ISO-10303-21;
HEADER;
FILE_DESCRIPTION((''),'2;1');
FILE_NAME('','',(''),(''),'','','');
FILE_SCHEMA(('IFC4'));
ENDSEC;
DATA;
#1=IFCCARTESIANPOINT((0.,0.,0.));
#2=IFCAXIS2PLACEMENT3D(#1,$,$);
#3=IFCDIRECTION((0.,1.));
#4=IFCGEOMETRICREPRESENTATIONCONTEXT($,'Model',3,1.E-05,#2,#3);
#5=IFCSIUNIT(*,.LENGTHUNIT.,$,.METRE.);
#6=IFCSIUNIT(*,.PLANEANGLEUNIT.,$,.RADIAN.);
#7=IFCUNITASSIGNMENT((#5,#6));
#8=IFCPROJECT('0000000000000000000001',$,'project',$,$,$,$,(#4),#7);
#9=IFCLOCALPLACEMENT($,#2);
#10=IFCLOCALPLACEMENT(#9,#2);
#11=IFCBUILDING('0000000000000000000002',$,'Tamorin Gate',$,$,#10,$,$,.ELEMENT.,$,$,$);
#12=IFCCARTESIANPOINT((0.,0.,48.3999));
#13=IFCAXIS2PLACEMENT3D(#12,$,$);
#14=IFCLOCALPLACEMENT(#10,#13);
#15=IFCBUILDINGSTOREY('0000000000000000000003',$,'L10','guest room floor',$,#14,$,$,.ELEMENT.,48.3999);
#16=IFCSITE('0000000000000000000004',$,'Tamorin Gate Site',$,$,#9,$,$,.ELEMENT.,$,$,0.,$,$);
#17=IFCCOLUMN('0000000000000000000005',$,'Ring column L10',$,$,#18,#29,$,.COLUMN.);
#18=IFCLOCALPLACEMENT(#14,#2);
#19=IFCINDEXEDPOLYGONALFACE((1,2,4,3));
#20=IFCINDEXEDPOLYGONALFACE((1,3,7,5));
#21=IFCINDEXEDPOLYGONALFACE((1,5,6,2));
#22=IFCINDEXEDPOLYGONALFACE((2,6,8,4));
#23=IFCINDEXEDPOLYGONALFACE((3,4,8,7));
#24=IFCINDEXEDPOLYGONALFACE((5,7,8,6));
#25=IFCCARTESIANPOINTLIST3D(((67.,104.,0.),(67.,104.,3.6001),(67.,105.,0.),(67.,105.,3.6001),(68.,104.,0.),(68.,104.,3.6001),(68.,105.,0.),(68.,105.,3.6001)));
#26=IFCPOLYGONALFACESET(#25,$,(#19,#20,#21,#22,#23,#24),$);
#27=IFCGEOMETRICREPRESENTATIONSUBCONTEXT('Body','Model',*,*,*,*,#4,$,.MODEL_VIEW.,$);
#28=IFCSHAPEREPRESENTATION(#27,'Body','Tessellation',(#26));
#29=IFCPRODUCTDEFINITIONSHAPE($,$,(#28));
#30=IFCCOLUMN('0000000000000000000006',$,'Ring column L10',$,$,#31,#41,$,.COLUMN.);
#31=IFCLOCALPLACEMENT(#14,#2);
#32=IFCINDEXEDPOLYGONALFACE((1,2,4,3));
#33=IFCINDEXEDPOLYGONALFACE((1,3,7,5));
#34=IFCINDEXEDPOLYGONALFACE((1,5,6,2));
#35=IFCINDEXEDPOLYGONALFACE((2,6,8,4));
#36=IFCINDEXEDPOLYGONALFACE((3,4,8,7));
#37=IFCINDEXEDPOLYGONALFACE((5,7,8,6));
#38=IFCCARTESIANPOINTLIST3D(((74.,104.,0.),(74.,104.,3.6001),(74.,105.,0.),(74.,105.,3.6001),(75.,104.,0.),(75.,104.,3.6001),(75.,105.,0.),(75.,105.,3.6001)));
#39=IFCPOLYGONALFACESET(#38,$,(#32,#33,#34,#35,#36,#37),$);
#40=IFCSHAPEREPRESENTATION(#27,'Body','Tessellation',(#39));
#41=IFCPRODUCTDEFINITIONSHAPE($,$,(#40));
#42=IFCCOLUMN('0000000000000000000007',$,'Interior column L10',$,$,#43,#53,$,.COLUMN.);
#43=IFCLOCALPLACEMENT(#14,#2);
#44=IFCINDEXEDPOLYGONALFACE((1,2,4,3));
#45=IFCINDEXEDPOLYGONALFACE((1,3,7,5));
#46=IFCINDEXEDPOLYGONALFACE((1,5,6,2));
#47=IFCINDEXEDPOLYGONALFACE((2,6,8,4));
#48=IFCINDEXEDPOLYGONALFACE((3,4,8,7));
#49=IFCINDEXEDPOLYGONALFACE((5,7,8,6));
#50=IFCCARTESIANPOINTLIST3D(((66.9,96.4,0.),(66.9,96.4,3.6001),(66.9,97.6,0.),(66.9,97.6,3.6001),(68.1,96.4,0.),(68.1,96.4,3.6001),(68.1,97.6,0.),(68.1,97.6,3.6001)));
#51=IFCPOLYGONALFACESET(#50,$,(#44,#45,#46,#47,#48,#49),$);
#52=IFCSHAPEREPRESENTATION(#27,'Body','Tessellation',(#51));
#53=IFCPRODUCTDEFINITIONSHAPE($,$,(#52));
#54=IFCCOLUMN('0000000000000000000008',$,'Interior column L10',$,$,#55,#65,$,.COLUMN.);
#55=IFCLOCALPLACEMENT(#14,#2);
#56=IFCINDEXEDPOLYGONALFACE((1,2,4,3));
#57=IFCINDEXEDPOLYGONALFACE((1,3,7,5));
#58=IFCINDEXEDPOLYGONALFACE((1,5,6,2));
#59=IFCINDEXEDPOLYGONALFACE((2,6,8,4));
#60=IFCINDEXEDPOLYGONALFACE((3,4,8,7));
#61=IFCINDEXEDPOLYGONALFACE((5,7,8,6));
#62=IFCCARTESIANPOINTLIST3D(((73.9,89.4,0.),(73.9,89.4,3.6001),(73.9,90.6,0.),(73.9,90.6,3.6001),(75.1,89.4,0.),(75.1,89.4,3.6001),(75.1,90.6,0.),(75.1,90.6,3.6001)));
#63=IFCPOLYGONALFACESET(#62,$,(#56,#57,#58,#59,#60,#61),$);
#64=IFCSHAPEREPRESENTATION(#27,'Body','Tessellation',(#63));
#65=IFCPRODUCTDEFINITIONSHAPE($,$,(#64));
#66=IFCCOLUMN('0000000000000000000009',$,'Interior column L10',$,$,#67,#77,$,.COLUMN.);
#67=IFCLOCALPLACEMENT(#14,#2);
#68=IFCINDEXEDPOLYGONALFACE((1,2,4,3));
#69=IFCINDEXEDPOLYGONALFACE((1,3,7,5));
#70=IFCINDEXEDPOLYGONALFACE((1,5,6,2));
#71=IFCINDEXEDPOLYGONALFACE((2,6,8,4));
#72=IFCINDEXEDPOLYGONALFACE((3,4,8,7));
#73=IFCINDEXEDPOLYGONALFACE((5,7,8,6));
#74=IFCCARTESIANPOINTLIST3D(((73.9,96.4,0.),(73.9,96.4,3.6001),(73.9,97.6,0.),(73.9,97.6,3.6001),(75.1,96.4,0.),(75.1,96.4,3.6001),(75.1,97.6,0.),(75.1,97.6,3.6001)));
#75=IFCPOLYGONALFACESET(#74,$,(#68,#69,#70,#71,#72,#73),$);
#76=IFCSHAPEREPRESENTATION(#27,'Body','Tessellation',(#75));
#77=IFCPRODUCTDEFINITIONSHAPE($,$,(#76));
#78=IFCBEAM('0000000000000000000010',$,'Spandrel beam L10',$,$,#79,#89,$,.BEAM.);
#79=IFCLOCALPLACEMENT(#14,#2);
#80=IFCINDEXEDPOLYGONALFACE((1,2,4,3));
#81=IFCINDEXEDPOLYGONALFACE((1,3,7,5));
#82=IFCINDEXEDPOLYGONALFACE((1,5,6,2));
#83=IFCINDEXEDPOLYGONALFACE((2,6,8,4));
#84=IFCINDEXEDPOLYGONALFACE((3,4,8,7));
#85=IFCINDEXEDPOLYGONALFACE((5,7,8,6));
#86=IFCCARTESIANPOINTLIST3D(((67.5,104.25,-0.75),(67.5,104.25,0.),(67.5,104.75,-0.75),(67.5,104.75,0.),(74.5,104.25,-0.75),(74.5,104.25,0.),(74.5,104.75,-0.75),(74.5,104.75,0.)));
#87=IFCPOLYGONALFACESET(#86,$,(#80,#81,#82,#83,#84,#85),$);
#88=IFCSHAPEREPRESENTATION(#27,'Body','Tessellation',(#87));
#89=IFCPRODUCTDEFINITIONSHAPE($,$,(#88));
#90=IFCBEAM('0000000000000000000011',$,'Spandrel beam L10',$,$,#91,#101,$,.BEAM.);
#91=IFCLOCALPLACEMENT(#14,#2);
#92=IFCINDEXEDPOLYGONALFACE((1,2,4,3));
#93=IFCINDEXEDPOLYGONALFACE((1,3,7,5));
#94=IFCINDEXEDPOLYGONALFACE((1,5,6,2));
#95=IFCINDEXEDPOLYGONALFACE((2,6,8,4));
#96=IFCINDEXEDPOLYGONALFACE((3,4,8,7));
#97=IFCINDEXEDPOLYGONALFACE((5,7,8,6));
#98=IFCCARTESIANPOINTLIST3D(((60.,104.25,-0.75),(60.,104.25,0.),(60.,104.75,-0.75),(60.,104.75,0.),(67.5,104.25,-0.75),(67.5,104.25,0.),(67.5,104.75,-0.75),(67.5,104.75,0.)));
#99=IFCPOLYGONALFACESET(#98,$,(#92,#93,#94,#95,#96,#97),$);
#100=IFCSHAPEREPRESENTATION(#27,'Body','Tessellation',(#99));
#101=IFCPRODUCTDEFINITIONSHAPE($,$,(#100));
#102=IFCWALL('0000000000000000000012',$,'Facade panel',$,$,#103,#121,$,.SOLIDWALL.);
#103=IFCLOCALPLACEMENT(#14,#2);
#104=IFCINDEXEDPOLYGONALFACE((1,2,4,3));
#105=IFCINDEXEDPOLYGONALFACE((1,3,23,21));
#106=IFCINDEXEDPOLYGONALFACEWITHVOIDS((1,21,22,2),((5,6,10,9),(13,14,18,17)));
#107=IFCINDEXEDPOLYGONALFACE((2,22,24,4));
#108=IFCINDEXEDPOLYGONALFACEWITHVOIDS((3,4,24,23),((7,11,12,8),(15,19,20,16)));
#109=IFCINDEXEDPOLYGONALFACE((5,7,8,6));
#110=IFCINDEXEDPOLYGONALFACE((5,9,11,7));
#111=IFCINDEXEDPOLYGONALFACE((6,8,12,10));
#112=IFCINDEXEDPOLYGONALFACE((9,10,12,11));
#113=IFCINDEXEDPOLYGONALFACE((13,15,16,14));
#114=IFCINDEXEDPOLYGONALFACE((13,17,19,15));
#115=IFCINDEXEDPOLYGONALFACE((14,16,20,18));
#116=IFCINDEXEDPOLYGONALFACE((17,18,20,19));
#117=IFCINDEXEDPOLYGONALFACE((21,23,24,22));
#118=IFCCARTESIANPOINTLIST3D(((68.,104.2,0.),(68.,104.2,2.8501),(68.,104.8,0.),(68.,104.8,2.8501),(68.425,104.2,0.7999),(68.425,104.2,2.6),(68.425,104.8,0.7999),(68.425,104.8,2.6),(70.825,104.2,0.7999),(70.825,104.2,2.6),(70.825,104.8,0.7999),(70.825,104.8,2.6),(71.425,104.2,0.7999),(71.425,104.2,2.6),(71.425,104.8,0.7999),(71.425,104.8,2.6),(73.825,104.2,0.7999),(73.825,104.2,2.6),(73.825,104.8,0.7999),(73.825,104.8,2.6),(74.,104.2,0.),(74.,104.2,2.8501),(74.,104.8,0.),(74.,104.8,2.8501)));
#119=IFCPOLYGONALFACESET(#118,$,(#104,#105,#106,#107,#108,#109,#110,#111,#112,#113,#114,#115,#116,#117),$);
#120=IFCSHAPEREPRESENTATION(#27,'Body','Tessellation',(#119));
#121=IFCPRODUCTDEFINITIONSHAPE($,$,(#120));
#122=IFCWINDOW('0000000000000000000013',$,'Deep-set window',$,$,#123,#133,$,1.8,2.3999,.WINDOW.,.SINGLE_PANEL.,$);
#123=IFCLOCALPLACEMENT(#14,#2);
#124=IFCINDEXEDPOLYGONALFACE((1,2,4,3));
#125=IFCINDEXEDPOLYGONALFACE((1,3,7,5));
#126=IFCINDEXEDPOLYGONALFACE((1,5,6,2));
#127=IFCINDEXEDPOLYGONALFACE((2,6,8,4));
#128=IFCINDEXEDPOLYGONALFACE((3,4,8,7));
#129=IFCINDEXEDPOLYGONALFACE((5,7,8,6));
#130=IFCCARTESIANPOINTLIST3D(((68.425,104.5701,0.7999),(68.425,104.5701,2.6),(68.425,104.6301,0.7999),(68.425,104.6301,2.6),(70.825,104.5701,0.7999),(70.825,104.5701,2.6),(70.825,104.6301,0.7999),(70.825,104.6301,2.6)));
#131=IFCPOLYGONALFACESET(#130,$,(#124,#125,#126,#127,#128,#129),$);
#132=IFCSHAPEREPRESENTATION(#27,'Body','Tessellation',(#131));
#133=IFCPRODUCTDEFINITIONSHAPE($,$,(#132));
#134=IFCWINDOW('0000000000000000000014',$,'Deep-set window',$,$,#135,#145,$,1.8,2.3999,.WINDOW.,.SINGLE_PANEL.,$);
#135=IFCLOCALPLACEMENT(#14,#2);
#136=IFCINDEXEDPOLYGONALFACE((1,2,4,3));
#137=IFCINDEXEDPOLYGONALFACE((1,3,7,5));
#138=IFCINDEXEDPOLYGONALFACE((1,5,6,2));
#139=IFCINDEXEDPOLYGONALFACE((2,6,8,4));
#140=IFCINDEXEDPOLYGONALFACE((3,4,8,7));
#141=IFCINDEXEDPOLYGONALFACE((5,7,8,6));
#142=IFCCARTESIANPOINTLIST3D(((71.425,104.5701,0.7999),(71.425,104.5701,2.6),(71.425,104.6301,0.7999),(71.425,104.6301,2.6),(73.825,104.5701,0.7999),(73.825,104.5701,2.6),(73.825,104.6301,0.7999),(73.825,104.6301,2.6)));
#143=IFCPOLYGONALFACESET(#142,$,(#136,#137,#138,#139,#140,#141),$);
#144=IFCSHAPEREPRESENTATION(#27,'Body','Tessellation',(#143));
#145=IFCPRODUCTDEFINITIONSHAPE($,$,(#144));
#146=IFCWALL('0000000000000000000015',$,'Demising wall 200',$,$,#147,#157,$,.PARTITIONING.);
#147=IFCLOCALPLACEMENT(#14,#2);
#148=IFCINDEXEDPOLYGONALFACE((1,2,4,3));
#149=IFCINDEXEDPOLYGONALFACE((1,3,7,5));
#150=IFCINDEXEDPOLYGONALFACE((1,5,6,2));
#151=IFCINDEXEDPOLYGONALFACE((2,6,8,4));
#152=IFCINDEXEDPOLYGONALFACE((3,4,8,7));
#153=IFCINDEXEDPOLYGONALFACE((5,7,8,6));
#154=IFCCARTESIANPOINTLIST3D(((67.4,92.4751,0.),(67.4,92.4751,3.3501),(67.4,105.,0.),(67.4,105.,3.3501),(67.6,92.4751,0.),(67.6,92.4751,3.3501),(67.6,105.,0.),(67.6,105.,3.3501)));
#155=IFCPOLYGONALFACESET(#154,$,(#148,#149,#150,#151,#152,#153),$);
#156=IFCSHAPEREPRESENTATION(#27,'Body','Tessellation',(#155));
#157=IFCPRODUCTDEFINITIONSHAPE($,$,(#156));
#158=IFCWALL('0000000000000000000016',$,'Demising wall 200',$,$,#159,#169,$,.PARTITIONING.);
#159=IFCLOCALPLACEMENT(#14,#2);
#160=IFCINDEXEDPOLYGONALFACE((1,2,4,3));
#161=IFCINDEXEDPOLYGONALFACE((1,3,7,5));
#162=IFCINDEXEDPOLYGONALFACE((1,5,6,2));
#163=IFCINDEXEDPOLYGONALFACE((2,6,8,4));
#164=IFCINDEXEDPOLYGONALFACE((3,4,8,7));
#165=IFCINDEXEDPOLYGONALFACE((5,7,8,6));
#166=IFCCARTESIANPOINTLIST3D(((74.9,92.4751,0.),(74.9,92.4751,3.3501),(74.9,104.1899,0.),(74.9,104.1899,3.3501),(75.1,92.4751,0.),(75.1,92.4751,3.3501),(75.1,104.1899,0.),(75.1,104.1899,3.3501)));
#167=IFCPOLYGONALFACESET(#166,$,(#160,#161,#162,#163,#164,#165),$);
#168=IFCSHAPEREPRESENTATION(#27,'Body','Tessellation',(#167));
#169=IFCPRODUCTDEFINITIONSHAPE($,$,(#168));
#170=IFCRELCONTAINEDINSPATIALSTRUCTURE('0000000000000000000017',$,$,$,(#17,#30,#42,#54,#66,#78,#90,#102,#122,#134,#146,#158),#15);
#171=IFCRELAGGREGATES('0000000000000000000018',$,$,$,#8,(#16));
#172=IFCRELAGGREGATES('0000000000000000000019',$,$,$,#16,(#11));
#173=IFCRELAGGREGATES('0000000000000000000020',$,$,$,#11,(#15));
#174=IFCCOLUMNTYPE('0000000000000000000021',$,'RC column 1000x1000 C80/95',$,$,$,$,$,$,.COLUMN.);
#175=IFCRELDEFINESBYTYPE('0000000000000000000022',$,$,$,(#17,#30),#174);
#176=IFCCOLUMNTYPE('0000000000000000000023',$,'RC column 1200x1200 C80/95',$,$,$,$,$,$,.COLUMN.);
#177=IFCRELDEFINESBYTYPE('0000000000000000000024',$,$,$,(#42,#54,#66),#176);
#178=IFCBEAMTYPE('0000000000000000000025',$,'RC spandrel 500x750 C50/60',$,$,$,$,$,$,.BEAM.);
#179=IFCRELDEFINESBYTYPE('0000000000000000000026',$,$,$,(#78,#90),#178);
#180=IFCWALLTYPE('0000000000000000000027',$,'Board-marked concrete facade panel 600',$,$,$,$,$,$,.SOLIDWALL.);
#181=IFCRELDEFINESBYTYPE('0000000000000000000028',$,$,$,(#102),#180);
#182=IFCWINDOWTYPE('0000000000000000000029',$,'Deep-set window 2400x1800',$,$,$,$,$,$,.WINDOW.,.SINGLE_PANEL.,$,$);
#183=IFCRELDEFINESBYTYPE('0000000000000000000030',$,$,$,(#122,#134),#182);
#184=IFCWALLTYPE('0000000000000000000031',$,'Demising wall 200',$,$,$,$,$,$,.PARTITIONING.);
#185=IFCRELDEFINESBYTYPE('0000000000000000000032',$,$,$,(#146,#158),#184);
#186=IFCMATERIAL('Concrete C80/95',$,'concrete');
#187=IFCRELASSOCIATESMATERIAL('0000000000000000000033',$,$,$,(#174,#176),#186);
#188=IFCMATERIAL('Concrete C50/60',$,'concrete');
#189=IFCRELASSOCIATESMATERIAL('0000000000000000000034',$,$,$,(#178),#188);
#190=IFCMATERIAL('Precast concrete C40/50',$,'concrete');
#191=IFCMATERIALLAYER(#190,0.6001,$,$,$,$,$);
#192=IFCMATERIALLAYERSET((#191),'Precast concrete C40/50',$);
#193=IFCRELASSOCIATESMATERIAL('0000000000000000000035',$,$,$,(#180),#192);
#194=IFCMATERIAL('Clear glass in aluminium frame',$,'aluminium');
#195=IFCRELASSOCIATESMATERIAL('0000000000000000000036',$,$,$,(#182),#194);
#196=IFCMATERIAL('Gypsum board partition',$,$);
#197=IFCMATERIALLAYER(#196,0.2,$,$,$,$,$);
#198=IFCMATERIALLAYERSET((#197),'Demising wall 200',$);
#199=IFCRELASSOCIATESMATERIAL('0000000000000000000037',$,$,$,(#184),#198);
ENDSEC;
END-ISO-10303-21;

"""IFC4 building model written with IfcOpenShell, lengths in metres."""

from ifc_helpers import new_model, si_unit, direction, frame, frame_2d, origin, origin_2d, place, context, subcontext, project, spatial, rectangle, extrude, material, layer, layer_set, material_profile, profile_set, type_object, element, fill, save


model = new_model("IFC4")

# Units and contexts
model_context = context("Model", 3, precision=1e-05, world=origin(), true_north=direction((0.0, 1.0)))
body_context = subcontext(model_context, "Body", "Model", "MODEL_VIEW")
ifc_project = project(units=[si_unit("LENGTHUNIT", "METRE"), si_unit("PLANEANGLEUNIT", "RADIAN")], contexts=[model_context])

# Site, building, storey
site_placement = place(None, origin())
site = spatial("IfcSite", under=ifc_project, at=site_placement, Name="Tamorin Gate Site", CompositionType="ELEMENT", RefElevation=0.0)
building_placement = place(site_placement, origin())
building = spatial("IfcBuilding", under=site, at=building_placement, Name="Tamorin Gate", CompositionType="ELEMENT")
storey_placement = place(building_placement, frame((0.0, 0.0, 48.3999)))
storey = spatial("IfcBuildingStorey", under=building, at=storey_placement, Name="L10", Description="guest room floor", CompositionType="ELEMENT", Elevation=48.3999)

# Columns
ifc_material_1 = material(Name="Concrete C80/95", Category="concrete")
ifc_material_profile_1 = material_profile(ifc_material_1, rectangle(XDim=1.0, YDim=1.0, at=origin_2d()), Name="RC 1000x1000")
ifc_profile_set_1 = profile_set([ifc_material_profile_1], Name="Concrete C80/95")
column_type_1 = type_object("IfcColumnType", Name="RC column 1000x1000 C80/95", PredefinedType="COLUMN", material=ifc_profile_set_1)
for number, where, z_axis, x_axis, name in (
    (1, (67.5, 104.5, 0.0), (0.0, 0.0, 1.0), (1.0, 0.0, 0.0), "Ring column L10"),
    (2, (74.5, 104.5, 0.0), (0.0, 0.0, 1.0), (1.0, 0.0, 0.0), "Ring column L10"),
):
    element("IfcColumn", number, at=place(storey_placement, frame(where, z_axis=z_axis, x_axis=x_axis)), inside=storey, type_object=column_type_1, Name=name, PredefinedType="COLUMN", context=body_context, shape_type="SweptSolid", body=[
        extrude(rectangle(XDim=1.0, YDim=1.0, at=origin_2d()), origin(), (0.0, 0.0, 1.0), 3.6001),
    ])
ifc_material_profile_2 = material_profile(ifc_material_1, rectangle(XDim=1.2, YDim=1.2, at=origin_2d()), Name="RC 1200x1200")
ifc_profile_set_2 = profile_set([ifc_material_profile_2], Name="Concrete C80/95")
column_type_2 = type_object("IfcColumnType", Name="RC column 1200x1200 C80/95", PredefinedType="COLUMN", material=ifc_profile_set_2)
for number, where, z_axis, x_axis, name in (
    (3, (67.5, 97.0, 0.0), (0.0, 0.0, 1.0), (1.0, 0.0, 0.0), "Interior column L10"),
    (4, (74.5, 90.0, 0.0), (0.0, 0.0, 1.0), (1.0, 0.0, 0.0), "Interior column L10"),
    (5, (74.5, 97.0, 0.0), (0.0, 0.0, 1.0), (1.0, 0.0, 0.0), "Interior column L10"),
):
    element("IfcColumn", number, at=place(storey_placement, frame(where, z_axis=z_axis, x_axis=x_axis)), inside=storey, type_object=column_type_2, Name=name, PredefinedType="COLUMN", context=body_context, shape_type="SweptSolid", body=[
        extrude(rectangle(XDim=1.2, YDim=1.2, at=origin_2d()), origin(), (0.0, 0.0, 1.0), 3.6001),
    ])

# Beams
ifc_material_2 = material(Name="Concrete C50/60", Category="concrete")
ifc_material_profile_3 = material_profile(ifc_material_2, rectangle(XDim=0.5, YDim=0.75, at=origin_2d()), Name="RC 500x750")
ifc_profile_set_3 = profile_set([ifc_material_profile_3], Name="Concrete C50/60")
beam_type = type_object("IfcBeamType", Name="RC spandrel 500x750 C50/60", PredefinedType="BEAM", material=ifc_profile_set_3)
beam_1_placement = place(storey_placement, frame((74.5, 104.5, -0.375), z_axis=(-1.0, 0.0, 0.0), x_axis=(0.0, -1.0, 0.0)))
element("IfcBeam", 6, at=beam_1_placement, inside=storey, type_object=beam_type, Name="Spandrel beam L10", PredefinedType="BEAM", context=body_context, shape_type="SweptSolid", body=[
    extrude(rectangle(XDim=0.5, YDim=0.75, at=origin_2d()), origin(), (0.0, 0.0, 1.0), 7.0),
])
beam_2_placement = place(storey_placement, frame((67.5, 104.5, -0.375), z_axis=(-1.0, 0.0, 0.0), x_axis=(0.0, -1.0, 0.0)))
element("IfcBeam", 7, at=beam_2_placement, inside=storey, type_object=beam_type, Name="Spandrel beam L10", PredefinedType="BEAM", context=body_context, shape_type="SweptSolid", body=[
    extrude(rectangle(XDim=0.5, YDim=0.75, at=origin_2d()), origin(), (0.0, 0.0, 1.0), 7.5),
])

# Wall, openings, windows
ifc_material_3 = material(Name="Precast concrete C40/50", Category="concrete")
ifc_layer_1 = layer(ifc_material_3, 0.6001)
ifc_layer_set_1 = layer_set([ifc_layer_1], Name="Precast concrete C40/50")
wall_type_1 = type_object("IfcWallType", Name="Board-marked concrete facade panel 600", PredefinedType="SOLIDWALL", material=ifc_layer_set_1)
wall_1_placement = place(storey_placement, frame((74.0, 104.5, 0.0), z_axis=(0.0, 0.0, 1.0), x_axis=(-1.0, 0.0, 0.0)))
wall_1 = element("IfcWall", 8, at=wall_1_placement, inside=storey, type_object=wall_type_1, Name="Facade panel", PredefinedType="SOLIDWALL", context=body_context, shape_type="SweptSolid", body=[
    extrude(rectangle(XDim=6.0, YDim=0.6001, at=frame_2d((3.0, 0.0))), origin(), (0.0, 0.0, 1.0), 2.8501),
])
opening_1_placement = place(wall_1_placement, frame((3.175, 0.0, 0.8)))
opening_1 = element("IfcOpeningElement", 9, at=opening_1_placement, cuts=wall_1, PredefinedType="OPENING", context=body_context, shape_type="SweptSolid", body=[
    extrude(rectangle(XDim=2.3999, YDim=1.8, at=frame_2d((1.2, 0.8999))), frame((0.0, 0.3101, 0.0), z_axis=(0.0, -1.0, 0.0), x_axis=(1.0, 0.0, 0.0)), (0.0, 0.0, 1.0), 0.6201),
])
opening_2_placement = place(wall_1_placement, frame((0.175, 0.0, 0.8)))
opening_2 = element("IfcOpeningElement", 10, at=opening_2_placement, cuts=wall_1, PredefinedType="OPENING", context=body_context, shape_type="SweptSolid", body=[
    extrude(rectangle(XDim=2.3999, YDim=1.8, at=frame_2d((1.2, 0.8999))), frame((0.0, 0.3101, 0.0), z_axis=(0.0, -1.0, 0.0), x_axis=(1.0, 0.0, 0.0)), (0.0, 0.0, 1.0), 0.6201),
])
ifc_material_4 = material(Name="Clear glass in aluminium frame", Category="aluminium")
window_type = type_object("IfcWindowType", Name="Deep-set window 2400x1800", PartitioningType="SINGLE_PANEL", PredefinedType="WINDOW", material=ifc_material_4)
window_1_placement = place(opening_1_placement, origin())
window_1 = element("IfcWindow", 11, at=window_1_placement, inside=storey, type_object=window_type, Name="Deep-set window", OverallHeight=1.8, OverallWidth=2.3999, PartitioningType="SINGLE_PANEL", PredefinedType="WINDOW", context=body_context, shape_type="SweptSolid", body=[
    extrude(rectangle(XDim=2.3999, YDim=1.8, at=frame_2d((1.2, 0.8999))), frame((0.0, -0.0701, 0.0), z_axis=(0.0, -1.0, 0.0), x_axis=(1.0, 0.0, 0.0)), (0.0, 0.0, 1.0), 0.0601),
])
fill(opening_1, window_1)
window_2_placement = place(opening_2_placement, origin())
window_2 = element("IfcWindow", 12, at=window_2_placement, inside=storey, type_object=window_type, Name="Deep-set window", OverallHeight=1.8, OverallWidth=2.3999, PartitioningType="SINGLE_PANEL", PredefinedType="WINDOW", context=body_context, shape_type="SweptSolid", body=[
    extrude(rectangle(XDim=2.3999, YDim=1.8, at=frame_2d((1.2, 0.8999))), frame((0.0, -0.0701, 0.0), z_axis=(0.0, -1.0, 0.0), x_axis=(1.0, 0.0, 0.0)), (0.0, 0.0, 1.0), 0.0601),
])
fill(opening_2, window_2)

# Walls
ifc_material_5 = material(Name="Gypsum board partition")
ifc_layer_2 = layer(ifc_material_5, 0.2)
ifc_layer_set_2 = layer_set([ifc_layer_2], Name="Demising wall 200")
wall_type_2 = type_object("IfcWallType", Name="Demising wall 200", PredefinedType="PARTITIONING", material=ifc_layer_set_2)
wall_2_placement = place(storey_placement, frame((67.5, 92.4751, 0.0), z_axis=(0.0, 0.0, 1.0), x_axis=(0.0, 1.0, 0.0)))
element("IfcWall", 13, at=wall_2_placement, inside=storey, type_object=wall_type_2, Name="Demising wall 200", PredefinedType="PARTITIONING", context=body_context, shape_type="SweptSolid", body=[
    extrude(rectangle(XDim=12.5249, YDim=0.2, at=frame_2d((6.2625, 0.0))), origin(), (0.0, 0.0, 1.0), 3.3501),
])
wall_3_placement = place(storey_placement, frame((75.0, 92.4751, 0.0), z_axis=(0.0, 0.0, 1.0), x_axis=(0.0, 1.0, 0.0)))
element("IfcWall", 14, at=wall_3_placement, inside=storey, type_object=wall_type_2, Name="Demising wall 200", PredefinedType="PARTITIONING", context=body_context, shape_type="SweptSolid", body=[
    extrude(rectangle(XDim=11.7148, YDim=0.2, at=frame_2d((5.8574, 0.0))), origin(), (0.0, 0.0, 1.0), 3.3501),
])

save(model, "model.ifc")
